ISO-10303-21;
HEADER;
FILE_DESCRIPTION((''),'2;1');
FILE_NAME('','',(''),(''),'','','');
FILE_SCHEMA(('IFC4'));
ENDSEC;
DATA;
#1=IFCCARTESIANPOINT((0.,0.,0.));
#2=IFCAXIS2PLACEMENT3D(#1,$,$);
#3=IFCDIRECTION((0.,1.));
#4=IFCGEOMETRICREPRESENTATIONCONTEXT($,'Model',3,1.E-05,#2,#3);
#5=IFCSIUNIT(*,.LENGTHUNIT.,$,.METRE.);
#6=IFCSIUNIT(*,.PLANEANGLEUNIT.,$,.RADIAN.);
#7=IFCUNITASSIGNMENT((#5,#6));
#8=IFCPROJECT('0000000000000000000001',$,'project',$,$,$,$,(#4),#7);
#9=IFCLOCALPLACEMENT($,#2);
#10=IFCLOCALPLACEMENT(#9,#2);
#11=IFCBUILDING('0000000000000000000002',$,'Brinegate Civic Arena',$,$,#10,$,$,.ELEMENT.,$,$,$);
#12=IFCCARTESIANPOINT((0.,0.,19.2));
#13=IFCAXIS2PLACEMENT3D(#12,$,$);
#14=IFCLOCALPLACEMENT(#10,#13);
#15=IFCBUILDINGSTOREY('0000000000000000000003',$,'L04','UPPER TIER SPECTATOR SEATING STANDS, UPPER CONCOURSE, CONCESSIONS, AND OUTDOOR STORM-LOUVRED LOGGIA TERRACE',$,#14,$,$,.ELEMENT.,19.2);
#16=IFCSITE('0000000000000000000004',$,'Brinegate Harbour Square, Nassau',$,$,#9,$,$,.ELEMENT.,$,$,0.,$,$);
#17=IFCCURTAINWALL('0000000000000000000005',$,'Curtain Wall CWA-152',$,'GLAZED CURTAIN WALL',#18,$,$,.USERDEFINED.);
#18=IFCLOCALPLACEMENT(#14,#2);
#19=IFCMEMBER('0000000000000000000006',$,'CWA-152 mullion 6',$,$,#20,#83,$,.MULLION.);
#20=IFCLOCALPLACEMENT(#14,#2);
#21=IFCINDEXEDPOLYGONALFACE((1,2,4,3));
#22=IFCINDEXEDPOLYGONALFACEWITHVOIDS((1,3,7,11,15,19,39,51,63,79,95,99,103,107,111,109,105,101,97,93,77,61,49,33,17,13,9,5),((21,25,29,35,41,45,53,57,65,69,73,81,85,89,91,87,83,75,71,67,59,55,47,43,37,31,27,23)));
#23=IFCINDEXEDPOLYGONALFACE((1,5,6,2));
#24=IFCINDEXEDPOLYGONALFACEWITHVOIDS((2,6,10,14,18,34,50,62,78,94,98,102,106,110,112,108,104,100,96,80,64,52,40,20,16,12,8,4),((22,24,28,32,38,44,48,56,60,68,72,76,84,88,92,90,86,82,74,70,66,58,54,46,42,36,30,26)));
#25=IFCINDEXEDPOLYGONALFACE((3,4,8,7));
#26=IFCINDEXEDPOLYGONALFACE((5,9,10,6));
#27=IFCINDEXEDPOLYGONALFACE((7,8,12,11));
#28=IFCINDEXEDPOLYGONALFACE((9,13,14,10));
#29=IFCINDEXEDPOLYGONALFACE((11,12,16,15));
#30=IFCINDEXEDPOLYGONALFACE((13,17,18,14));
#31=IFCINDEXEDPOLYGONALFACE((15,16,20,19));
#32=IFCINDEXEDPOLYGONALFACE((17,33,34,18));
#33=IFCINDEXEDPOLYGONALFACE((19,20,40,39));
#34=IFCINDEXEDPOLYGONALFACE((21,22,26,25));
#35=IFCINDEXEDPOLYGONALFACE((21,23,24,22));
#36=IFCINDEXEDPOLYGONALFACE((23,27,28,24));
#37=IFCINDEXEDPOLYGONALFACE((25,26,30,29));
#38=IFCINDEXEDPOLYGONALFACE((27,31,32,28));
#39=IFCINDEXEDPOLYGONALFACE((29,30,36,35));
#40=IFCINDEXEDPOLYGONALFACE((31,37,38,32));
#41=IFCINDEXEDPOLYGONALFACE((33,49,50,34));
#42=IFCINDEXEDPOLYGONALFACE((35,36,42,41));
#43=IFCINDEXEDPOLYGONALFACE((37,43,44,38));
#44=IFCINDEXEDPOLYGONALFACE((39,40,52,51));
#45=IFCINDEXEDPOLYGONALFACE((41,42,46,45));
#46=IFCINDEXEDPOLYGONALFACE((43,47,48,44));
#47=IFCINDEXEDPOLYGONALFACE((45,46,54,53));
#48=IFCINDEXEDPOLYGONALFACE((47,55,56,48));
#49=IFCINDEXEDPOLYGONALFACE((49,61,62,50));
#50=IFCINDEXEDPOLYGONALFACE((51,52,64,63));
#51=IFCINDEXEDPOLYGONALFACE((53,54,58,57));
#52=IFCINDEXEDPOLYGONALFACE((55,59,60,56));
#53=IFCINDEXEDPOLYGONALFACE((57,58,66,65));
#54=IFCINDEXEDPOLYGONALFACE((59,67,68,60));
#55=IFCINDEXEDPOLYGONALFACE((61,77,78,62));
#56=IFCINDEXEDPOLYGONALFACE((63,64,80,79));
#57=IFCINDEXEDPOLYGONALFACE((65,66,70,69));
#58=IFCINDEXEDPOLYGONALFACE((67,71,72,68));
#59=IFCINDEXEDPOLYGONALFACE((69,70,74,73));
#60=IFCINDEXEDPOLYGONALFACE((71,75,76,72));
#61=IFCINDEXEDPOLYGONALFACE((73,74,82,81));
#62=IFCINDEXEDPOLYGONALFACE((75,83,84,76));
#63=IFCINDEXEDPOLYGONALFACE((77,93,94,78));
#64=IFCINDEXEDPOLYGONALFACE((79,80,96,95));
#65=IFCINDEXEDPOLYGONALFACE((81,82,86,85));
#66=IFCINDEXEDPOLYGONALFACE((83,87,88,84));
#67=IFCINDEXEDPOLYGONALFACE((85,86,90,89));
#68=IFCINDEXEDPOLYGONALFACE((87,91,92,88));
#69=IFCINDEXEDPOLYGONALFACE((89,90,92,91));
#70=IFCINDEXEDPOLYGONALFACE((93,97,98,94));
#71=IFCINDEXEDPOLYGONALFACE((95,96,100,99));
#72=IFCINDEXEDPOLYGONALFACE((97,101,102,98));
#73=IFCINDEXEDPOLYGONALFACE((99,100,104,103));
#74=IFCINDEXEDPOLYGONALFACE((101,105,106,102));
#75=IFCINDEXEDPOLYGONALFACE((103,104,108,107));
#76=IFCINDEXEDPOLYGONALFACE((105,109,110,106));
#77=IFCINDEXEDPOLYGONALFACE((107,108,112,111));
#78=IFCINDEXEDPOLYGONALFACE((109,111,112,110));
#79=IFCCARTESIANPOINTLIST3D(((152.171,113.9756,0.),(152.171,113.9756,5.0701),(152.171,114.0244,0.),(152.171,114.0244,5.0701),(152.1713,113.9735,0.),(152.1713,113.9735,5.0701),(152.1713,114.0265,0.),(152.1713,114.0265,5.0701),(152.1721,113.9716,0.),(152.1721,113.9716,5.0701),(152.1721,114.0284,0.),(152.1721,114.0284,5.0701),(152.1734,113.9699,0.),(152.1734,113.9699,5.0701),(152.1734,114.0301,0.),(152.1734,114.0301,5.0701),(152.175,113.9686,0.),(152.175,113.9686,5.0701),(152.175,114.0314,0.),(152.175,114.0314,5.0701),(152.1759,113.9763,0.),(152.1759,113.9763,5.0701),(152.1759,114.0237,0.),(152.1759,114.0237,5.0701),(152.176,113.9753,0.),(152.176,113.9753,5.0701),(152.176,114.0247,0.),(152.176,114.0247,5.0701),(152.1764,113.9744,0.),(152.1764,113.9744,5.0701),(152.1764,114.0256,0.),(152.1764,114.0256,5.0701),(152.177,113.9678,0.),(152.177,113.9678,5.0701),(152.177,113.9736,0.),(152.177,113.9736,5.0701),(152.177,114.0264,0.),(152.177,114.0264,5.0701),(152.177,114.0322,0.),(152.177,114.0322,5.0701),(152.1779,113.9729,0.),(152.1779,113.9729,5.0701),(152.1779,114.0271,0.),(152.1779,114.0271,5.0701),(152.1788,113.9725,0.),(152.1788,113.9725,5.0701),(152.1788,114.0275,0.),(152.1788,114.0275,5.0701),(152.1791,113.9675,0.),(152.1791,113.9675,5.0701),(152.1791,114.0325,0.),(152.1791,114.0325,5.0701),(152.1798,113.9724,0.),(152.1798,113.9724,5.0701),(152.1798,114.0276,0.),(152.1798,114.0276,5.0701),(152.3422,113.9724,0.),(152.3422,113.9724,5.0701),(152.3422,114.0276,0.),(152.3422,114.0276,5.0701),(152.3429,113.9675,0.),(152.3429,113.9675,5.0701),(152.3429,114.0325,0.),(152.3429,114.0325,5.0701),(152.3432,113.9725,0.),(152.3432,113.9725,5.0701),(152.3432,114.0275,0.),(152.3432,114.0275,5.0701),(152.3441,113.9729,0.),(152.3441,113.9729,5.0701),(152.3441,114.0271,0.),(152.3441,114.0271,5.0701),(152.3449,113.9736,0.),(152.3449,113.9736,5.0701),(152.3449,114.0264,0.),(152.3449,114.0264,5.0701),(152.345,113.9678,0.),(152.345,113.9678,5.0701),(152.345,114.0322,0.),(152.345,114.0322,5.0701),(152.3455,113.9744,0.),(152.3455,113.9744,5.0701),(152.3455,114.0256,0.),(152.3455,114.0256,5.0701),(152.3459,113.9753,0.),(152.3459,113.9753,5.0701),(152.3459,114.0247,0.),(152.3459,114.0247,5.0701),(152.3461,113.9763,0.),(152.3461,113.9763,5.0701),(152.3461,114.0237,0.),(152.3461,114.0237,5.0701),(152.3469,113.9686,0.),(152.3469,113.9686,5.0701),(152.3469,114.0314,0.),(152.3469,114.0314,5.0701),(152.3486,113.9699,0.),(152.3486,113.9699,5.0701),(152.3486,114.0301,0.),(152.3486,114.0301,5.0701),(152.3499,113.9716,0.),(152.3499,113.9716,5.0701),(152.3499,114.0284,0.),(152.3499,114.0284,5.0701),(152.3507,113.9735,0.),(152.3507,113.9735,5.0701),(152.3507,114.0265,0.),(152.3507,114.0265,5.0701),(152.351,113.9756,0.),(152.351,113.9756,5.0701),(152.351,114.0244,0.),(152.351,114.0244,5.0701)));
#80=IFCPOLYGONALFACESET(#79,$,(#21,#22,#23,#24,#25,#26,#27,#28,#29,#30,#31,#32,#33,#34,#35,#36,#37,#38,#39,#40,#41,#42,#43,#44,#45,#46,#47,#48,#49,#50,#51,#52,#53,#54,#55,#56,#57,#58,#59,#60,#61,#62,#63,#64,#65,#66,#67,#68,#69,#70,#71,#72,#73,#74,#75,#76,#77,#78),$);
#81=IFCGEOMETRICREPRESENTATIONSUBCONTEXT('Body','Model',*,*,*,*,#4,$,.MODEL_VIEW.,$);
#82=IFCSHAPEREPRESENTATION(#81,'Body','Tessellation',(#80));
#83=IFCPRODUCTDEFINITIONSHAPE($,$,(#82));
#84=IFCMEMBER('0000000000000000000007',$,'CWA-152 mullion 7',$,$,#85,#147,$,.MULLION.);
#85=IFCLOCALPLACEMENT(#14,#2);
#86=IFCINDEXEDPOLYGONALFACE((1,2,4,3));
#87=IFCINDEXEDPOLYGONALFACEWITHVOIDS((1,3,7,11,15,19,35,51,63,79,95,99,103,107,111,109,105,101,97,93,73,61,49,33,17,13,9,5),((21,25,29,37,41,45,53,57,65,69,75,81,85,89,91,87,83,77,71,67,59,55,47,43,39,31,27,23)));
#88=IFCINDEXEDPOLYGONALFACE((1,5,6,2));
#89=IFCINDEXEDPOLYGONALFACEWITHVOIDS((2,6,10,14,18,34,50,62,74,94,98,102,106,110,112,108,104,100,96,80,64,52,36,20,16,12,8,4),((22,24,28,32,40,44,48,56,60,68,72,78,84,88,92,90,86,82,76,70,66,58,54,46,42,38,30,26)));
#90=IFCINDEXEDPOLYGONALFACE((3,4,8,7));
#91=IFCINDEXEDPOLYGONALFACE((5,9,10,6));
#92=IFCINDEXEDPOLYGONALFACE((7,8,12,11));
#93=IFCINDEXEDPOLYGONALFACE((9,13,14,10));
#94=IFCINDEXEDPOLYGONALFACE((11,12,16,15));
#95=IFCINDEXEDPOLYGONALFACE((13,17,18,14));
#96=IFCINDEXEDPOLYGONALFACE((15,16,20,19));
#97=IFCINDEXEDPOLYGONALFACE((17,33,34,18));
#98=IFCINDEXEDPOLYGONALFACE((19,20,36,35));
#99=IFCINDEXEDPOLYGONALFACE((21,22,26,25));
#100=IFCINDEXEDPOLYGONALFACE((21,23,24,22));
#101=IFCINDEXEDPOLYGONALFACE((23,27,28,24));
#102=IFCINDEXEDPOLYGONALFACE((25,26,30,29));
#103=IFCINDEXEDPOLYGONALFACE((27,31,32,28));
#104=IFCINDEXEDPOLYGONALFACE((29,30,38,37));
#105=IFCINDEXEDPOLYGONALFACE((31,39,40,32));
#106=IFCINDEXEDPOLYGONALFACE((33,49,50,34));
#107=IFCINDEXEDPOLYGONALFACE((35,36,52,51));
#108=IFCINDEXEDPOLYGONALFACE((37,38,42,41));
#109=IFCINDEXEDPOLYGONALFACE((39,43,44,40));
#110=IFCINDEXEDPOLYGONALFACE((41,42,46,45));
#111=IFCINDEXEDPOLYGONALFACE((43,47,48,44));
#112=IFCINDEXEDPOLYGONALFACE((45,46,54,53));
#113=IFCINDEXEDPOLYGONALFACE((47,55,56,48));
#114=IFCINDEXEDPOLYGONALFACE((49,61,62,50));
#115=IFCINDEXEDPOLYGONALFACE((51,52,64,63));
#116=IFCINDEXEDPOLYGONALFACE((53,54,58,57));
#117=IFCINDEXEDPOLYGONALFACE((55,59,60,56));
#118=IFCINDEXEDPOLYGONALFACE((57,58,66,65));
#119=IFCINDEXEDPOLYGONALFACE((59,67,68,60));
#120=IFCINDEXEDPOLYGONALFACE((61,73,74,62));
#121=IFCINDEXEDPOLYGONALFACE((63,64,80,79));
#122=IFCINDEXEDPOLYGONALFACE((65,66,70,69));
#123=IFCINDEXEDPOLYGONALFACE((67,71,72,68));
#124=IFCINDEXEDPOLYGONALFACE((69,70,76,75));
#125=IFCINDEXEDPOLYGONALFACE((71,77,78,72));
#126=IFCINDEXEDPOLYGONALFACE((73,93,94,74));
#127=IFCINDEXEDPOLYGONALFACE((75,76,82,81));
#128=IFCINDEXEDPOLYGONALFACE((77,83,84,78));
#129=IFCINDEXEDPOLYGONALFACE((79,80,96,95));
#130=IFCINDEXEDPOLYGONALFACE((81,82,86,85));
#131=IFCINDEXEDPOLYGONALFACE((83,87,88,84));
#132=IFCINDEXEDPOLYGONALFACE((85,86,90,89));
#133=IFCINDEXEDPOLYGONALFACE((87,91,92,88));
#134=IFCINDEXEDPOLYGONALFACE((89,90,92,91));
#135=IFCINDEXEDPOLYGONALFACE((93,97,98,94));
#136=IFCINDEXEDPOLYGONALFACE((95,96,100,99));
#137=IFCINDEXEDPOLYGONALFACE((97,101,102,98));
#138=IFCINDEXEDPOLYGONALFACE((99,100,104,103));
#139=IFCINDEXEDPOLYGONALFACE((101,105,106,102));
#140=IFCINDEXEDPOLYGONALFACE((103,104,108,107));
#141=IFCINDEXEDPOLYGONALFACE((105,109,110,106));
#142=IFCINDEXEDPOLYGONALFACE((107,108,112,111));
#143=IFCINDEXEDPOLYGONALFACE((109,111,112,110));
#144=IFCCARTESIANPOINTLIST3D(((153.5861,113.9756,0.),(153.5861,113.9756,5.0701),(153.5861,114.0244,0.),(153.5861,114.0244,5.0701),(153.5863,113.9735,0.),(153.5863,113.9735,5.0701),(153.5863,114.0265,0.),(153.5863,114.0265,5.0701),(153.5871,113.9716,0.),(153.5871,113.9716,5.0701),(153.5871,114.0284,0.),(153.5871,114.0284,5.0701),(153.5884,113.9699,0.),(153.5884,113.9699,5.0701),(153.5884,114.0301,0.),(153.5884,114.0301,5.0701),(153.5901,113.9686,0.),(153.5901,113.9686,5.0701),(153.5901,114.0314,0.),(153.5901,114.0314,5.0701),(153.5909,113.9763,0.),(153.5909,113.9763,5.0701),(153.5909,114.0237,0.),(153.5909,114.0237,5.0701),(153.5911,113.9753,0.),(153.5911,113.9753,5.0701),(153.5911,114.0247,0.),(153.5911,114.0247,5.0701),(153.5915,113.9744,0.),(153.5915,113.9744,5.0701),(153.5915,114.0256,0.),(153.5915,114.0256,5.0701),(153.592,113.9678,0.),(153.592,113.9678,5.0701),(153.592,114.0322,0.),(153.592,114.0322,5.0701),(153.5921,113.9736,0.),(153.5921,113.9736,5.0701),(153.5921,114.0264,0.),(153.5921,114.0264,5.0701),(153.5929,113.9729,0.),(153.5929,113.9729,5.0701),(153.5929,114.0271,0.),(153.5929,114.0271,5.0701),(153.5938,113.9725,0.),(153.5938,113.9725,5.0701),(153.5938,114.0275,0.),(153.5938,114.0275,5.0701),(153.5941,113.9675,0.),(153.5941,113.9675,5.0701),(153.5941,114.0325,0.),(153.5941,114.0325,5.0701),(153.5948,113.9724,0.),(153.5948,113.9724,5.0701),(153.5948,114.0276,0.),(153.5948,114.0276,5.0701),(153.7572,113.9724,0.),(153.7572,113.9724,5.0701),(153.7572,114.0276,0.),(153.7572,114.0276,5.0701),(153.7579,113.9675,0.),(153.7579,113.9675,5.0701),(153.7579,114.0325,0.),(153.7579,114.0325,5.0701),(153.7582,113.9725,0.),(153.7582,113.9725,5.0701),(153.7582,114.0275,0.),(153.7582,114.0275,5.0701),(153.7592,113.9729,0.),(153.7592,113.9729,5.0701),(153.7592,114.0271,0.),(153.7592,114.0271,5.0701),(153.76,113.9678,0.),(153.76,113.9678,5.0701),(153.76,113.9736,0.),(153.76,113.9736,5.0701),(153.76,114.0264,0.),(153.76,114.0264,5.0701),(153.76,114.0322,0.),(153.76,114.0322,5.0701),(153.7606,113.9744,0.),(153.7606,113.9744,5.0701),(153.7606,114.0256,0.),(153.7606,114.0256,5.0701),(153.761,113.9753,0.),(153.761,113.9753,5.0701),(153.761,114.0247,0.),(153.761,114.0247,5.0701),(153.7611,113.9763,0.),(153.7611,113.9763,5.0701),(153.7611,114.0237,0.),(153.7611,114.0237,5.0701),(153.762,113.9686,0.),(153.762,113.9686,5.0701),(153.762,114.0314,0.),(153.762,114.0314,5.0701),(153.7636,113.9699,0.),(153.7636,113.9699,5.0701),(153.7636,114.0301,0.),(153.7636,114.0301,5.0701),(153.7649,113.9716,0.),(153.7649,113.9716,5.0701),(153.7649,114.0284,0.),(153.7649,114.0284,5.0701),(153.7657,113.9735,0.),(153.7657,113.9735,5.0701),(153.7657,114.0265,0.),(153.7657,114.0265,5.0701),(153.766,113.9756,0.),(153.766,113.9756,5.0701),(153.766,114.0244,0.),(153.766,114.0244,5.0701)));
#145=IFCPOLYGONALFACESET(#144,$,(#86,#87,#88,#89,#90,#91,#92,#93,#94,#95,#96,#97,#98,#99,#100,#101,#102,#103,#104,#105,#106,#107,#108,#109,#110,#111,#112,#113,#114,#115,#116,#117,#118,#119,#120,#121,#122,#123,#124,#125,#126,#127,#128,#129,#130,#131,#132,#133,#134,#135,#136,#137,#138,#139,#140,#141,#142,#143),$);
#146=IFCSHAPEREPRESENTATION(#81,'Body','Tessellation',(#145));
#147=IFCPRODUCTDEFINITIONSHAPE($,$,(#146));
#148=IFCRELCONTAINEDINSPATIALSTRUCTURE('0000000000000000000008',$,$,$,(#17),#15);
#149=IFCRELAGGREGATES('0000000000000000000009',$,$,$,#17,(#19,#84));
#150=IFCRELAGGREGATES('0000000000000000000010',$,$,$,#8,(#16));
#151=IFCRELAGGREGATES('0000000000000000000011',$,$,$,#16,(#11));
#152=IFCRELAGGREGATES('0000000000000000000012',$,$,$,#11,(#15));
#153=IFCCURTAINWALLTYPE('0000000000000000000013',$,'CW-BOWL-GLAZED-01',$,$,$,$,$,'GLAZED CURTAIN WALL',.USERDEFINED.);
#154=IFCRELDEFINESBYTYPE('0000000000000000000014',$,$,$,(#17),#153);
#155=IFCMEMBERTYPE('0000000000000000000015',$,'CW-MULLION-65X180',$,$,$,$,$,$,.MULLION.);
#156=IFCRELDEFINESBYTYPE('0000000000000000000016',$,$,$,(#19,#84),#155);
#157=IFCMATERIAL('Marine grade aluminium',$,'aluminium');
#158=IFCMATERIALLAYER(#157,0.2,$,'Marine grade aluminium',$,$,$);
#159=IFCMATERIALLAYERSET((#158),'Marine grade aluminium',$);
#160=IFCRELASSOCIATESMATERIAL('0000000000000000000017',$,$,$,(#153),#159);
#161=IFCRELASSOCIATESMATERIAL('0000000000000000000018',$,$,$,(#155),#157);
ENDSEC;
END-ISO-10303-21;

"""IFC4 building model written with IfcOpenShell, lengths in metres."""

from ifc_helpers import new_model, si_unit, direction, frame, origin, origin_2d, place, context, subcontext, project, spatial, hollow_rectangle, extrude, material, layer, layer_set, material_profile, profile_set, type_object, element, aggregate, save


model = new_model("IFC4")

# Units and contexts
model_context = context("Model", 3, precision=1e-05, world=origin(), true_north=direction((0.0, 1.0)))
body_context = subcontext(model_context, "Body", "Model", "MODEL_VIEW")
ifc_project = project(units=[si_unit("LENGTHUNIT", "METRE"), si_unit("PLANEANGLEUNIT", "RADIAN")], contexts=[model_context])

# Site, building, storey
site_placement = place(None, origin())
site = spatial("IfcSite", under=ifc_project, at=site_placement, Name="Brinegate Harbour Square, Nassau", CompositionType="ELEMENT", RefElevation=0.0)
building_placement = place(site_placement, origin())
building = spatial("IfcBuilding", under=site, at=building_placement, Name="Brinegate Civic Arena", CompositionType="ELEMENT")
storey_placement = place(building_placement, frame((0.0, 0.0, 19.2)))
storey = spatial("IfcBuildingStorey", under=building, at=storey_placement, Name="L04", Description="UPPER TIER SPECTATOR SEATING STANDS, UPPER CONCOURSE, CONCESSIONS, AND OUTDOOR STORM-LOUVRED LOGGIA TERRACE", CompositionType="ELEMENT", Elevation=19.2)

# Curtain wall, members
ifc_material_1 = material(Name="Marine grade aluminium", Category="aluminium")
ifc_layer_1 = layer(ifc_material_1, 0.2, Name="Marine grade aluminium")
ifc_layer_set_1 = layer_set([ifc_layer_1], Name="Marine grade aluminium")
curtain_wall_type = type_object("IfcCurtainWallType", Name="CW-BOWL-GLAZED-01", ElementType="GLAZED CURTAIN WALL", PredefinedType="USERDEFINED", material=ifc_layer_set_1)
curtain_wall_placement = place(storey_placement, origin())
curtain_wall = element("IfcCurtainWall", 1, at=curtain_wall_placement, inside=storey, type_object=curtain_wall_type, Name="Curtain Wall CWA-152", ObjectType="GLAZED CURTAIN WALL", PredefinedType="USERDEFINED")
ifc_material_profile_1 = material_profile(ifc_material_1, hollow_rectangle(XDim=0.0649, YDim=0.1799, WallThickness=0.0049, InnerFilletRadius=0.0039, OuterFilletRadius=0.0081, at=origin_2d()), Name="MUL65X180")
ifc_profile_set_1 = profile_set([ifc_material_profile_1], Name="Marine grade aluminium")
member_type_1 = type_object("IfcMemberType", Name="CW-MULLION-65X180", PredefinedType="MULLION", material=ifc_profile_set_1)
member_1_placement = place(storey_placement, frame((152.261, 114.0, 0.0), z_axis=(0.0, 0.0, 1.0), x_axis=(0.0, 1.0, 0.0)))
member_1 = element("IfcMember", 2, at=member_1_placement, type_object=member_type_1, Name="CWA-152 mullion 6", PredefinedType="MULLION", context=body_context, shape_type="SweptSolid", body=[
    extrude(hollow_rectangle(XDim=0.0649, YDim=0.1799, WallThickness=0.0049, InnerFilletRadius=0.0039, OuterFilletRadius=0.0081, at=origin_2d()), origin(), (0.0, 0.0, 1.0), 5.0701),
])
member_2_placement = place(storey_placement, frame((153.676, 114.0, 0.0), z_axis=(0.0, 0.0, 1.0), x_axis=(0.0, 1.0, 0.0)))
member_2 = element("IfcMember", 3, at=member_2_placement, type_object=member_type_1, Name="CWA-152 mullion 7", PredefinedType="MULLION", context=body_context, shape_type="SweptSolid", body=[
    extrude(hollow_rectangle(XDim=0.0649, YDim=0.1799, WallThickness=0.0049, InnerFilletRadius=0.0039, OuterFilletRadius=0.0081, at=origin_2d()), origin(), (0.0, 0.0, 1.0), 5.0701),
])

aggregate(curtain_wall, [member_1, member_2])

save(model, "model.ifc")
